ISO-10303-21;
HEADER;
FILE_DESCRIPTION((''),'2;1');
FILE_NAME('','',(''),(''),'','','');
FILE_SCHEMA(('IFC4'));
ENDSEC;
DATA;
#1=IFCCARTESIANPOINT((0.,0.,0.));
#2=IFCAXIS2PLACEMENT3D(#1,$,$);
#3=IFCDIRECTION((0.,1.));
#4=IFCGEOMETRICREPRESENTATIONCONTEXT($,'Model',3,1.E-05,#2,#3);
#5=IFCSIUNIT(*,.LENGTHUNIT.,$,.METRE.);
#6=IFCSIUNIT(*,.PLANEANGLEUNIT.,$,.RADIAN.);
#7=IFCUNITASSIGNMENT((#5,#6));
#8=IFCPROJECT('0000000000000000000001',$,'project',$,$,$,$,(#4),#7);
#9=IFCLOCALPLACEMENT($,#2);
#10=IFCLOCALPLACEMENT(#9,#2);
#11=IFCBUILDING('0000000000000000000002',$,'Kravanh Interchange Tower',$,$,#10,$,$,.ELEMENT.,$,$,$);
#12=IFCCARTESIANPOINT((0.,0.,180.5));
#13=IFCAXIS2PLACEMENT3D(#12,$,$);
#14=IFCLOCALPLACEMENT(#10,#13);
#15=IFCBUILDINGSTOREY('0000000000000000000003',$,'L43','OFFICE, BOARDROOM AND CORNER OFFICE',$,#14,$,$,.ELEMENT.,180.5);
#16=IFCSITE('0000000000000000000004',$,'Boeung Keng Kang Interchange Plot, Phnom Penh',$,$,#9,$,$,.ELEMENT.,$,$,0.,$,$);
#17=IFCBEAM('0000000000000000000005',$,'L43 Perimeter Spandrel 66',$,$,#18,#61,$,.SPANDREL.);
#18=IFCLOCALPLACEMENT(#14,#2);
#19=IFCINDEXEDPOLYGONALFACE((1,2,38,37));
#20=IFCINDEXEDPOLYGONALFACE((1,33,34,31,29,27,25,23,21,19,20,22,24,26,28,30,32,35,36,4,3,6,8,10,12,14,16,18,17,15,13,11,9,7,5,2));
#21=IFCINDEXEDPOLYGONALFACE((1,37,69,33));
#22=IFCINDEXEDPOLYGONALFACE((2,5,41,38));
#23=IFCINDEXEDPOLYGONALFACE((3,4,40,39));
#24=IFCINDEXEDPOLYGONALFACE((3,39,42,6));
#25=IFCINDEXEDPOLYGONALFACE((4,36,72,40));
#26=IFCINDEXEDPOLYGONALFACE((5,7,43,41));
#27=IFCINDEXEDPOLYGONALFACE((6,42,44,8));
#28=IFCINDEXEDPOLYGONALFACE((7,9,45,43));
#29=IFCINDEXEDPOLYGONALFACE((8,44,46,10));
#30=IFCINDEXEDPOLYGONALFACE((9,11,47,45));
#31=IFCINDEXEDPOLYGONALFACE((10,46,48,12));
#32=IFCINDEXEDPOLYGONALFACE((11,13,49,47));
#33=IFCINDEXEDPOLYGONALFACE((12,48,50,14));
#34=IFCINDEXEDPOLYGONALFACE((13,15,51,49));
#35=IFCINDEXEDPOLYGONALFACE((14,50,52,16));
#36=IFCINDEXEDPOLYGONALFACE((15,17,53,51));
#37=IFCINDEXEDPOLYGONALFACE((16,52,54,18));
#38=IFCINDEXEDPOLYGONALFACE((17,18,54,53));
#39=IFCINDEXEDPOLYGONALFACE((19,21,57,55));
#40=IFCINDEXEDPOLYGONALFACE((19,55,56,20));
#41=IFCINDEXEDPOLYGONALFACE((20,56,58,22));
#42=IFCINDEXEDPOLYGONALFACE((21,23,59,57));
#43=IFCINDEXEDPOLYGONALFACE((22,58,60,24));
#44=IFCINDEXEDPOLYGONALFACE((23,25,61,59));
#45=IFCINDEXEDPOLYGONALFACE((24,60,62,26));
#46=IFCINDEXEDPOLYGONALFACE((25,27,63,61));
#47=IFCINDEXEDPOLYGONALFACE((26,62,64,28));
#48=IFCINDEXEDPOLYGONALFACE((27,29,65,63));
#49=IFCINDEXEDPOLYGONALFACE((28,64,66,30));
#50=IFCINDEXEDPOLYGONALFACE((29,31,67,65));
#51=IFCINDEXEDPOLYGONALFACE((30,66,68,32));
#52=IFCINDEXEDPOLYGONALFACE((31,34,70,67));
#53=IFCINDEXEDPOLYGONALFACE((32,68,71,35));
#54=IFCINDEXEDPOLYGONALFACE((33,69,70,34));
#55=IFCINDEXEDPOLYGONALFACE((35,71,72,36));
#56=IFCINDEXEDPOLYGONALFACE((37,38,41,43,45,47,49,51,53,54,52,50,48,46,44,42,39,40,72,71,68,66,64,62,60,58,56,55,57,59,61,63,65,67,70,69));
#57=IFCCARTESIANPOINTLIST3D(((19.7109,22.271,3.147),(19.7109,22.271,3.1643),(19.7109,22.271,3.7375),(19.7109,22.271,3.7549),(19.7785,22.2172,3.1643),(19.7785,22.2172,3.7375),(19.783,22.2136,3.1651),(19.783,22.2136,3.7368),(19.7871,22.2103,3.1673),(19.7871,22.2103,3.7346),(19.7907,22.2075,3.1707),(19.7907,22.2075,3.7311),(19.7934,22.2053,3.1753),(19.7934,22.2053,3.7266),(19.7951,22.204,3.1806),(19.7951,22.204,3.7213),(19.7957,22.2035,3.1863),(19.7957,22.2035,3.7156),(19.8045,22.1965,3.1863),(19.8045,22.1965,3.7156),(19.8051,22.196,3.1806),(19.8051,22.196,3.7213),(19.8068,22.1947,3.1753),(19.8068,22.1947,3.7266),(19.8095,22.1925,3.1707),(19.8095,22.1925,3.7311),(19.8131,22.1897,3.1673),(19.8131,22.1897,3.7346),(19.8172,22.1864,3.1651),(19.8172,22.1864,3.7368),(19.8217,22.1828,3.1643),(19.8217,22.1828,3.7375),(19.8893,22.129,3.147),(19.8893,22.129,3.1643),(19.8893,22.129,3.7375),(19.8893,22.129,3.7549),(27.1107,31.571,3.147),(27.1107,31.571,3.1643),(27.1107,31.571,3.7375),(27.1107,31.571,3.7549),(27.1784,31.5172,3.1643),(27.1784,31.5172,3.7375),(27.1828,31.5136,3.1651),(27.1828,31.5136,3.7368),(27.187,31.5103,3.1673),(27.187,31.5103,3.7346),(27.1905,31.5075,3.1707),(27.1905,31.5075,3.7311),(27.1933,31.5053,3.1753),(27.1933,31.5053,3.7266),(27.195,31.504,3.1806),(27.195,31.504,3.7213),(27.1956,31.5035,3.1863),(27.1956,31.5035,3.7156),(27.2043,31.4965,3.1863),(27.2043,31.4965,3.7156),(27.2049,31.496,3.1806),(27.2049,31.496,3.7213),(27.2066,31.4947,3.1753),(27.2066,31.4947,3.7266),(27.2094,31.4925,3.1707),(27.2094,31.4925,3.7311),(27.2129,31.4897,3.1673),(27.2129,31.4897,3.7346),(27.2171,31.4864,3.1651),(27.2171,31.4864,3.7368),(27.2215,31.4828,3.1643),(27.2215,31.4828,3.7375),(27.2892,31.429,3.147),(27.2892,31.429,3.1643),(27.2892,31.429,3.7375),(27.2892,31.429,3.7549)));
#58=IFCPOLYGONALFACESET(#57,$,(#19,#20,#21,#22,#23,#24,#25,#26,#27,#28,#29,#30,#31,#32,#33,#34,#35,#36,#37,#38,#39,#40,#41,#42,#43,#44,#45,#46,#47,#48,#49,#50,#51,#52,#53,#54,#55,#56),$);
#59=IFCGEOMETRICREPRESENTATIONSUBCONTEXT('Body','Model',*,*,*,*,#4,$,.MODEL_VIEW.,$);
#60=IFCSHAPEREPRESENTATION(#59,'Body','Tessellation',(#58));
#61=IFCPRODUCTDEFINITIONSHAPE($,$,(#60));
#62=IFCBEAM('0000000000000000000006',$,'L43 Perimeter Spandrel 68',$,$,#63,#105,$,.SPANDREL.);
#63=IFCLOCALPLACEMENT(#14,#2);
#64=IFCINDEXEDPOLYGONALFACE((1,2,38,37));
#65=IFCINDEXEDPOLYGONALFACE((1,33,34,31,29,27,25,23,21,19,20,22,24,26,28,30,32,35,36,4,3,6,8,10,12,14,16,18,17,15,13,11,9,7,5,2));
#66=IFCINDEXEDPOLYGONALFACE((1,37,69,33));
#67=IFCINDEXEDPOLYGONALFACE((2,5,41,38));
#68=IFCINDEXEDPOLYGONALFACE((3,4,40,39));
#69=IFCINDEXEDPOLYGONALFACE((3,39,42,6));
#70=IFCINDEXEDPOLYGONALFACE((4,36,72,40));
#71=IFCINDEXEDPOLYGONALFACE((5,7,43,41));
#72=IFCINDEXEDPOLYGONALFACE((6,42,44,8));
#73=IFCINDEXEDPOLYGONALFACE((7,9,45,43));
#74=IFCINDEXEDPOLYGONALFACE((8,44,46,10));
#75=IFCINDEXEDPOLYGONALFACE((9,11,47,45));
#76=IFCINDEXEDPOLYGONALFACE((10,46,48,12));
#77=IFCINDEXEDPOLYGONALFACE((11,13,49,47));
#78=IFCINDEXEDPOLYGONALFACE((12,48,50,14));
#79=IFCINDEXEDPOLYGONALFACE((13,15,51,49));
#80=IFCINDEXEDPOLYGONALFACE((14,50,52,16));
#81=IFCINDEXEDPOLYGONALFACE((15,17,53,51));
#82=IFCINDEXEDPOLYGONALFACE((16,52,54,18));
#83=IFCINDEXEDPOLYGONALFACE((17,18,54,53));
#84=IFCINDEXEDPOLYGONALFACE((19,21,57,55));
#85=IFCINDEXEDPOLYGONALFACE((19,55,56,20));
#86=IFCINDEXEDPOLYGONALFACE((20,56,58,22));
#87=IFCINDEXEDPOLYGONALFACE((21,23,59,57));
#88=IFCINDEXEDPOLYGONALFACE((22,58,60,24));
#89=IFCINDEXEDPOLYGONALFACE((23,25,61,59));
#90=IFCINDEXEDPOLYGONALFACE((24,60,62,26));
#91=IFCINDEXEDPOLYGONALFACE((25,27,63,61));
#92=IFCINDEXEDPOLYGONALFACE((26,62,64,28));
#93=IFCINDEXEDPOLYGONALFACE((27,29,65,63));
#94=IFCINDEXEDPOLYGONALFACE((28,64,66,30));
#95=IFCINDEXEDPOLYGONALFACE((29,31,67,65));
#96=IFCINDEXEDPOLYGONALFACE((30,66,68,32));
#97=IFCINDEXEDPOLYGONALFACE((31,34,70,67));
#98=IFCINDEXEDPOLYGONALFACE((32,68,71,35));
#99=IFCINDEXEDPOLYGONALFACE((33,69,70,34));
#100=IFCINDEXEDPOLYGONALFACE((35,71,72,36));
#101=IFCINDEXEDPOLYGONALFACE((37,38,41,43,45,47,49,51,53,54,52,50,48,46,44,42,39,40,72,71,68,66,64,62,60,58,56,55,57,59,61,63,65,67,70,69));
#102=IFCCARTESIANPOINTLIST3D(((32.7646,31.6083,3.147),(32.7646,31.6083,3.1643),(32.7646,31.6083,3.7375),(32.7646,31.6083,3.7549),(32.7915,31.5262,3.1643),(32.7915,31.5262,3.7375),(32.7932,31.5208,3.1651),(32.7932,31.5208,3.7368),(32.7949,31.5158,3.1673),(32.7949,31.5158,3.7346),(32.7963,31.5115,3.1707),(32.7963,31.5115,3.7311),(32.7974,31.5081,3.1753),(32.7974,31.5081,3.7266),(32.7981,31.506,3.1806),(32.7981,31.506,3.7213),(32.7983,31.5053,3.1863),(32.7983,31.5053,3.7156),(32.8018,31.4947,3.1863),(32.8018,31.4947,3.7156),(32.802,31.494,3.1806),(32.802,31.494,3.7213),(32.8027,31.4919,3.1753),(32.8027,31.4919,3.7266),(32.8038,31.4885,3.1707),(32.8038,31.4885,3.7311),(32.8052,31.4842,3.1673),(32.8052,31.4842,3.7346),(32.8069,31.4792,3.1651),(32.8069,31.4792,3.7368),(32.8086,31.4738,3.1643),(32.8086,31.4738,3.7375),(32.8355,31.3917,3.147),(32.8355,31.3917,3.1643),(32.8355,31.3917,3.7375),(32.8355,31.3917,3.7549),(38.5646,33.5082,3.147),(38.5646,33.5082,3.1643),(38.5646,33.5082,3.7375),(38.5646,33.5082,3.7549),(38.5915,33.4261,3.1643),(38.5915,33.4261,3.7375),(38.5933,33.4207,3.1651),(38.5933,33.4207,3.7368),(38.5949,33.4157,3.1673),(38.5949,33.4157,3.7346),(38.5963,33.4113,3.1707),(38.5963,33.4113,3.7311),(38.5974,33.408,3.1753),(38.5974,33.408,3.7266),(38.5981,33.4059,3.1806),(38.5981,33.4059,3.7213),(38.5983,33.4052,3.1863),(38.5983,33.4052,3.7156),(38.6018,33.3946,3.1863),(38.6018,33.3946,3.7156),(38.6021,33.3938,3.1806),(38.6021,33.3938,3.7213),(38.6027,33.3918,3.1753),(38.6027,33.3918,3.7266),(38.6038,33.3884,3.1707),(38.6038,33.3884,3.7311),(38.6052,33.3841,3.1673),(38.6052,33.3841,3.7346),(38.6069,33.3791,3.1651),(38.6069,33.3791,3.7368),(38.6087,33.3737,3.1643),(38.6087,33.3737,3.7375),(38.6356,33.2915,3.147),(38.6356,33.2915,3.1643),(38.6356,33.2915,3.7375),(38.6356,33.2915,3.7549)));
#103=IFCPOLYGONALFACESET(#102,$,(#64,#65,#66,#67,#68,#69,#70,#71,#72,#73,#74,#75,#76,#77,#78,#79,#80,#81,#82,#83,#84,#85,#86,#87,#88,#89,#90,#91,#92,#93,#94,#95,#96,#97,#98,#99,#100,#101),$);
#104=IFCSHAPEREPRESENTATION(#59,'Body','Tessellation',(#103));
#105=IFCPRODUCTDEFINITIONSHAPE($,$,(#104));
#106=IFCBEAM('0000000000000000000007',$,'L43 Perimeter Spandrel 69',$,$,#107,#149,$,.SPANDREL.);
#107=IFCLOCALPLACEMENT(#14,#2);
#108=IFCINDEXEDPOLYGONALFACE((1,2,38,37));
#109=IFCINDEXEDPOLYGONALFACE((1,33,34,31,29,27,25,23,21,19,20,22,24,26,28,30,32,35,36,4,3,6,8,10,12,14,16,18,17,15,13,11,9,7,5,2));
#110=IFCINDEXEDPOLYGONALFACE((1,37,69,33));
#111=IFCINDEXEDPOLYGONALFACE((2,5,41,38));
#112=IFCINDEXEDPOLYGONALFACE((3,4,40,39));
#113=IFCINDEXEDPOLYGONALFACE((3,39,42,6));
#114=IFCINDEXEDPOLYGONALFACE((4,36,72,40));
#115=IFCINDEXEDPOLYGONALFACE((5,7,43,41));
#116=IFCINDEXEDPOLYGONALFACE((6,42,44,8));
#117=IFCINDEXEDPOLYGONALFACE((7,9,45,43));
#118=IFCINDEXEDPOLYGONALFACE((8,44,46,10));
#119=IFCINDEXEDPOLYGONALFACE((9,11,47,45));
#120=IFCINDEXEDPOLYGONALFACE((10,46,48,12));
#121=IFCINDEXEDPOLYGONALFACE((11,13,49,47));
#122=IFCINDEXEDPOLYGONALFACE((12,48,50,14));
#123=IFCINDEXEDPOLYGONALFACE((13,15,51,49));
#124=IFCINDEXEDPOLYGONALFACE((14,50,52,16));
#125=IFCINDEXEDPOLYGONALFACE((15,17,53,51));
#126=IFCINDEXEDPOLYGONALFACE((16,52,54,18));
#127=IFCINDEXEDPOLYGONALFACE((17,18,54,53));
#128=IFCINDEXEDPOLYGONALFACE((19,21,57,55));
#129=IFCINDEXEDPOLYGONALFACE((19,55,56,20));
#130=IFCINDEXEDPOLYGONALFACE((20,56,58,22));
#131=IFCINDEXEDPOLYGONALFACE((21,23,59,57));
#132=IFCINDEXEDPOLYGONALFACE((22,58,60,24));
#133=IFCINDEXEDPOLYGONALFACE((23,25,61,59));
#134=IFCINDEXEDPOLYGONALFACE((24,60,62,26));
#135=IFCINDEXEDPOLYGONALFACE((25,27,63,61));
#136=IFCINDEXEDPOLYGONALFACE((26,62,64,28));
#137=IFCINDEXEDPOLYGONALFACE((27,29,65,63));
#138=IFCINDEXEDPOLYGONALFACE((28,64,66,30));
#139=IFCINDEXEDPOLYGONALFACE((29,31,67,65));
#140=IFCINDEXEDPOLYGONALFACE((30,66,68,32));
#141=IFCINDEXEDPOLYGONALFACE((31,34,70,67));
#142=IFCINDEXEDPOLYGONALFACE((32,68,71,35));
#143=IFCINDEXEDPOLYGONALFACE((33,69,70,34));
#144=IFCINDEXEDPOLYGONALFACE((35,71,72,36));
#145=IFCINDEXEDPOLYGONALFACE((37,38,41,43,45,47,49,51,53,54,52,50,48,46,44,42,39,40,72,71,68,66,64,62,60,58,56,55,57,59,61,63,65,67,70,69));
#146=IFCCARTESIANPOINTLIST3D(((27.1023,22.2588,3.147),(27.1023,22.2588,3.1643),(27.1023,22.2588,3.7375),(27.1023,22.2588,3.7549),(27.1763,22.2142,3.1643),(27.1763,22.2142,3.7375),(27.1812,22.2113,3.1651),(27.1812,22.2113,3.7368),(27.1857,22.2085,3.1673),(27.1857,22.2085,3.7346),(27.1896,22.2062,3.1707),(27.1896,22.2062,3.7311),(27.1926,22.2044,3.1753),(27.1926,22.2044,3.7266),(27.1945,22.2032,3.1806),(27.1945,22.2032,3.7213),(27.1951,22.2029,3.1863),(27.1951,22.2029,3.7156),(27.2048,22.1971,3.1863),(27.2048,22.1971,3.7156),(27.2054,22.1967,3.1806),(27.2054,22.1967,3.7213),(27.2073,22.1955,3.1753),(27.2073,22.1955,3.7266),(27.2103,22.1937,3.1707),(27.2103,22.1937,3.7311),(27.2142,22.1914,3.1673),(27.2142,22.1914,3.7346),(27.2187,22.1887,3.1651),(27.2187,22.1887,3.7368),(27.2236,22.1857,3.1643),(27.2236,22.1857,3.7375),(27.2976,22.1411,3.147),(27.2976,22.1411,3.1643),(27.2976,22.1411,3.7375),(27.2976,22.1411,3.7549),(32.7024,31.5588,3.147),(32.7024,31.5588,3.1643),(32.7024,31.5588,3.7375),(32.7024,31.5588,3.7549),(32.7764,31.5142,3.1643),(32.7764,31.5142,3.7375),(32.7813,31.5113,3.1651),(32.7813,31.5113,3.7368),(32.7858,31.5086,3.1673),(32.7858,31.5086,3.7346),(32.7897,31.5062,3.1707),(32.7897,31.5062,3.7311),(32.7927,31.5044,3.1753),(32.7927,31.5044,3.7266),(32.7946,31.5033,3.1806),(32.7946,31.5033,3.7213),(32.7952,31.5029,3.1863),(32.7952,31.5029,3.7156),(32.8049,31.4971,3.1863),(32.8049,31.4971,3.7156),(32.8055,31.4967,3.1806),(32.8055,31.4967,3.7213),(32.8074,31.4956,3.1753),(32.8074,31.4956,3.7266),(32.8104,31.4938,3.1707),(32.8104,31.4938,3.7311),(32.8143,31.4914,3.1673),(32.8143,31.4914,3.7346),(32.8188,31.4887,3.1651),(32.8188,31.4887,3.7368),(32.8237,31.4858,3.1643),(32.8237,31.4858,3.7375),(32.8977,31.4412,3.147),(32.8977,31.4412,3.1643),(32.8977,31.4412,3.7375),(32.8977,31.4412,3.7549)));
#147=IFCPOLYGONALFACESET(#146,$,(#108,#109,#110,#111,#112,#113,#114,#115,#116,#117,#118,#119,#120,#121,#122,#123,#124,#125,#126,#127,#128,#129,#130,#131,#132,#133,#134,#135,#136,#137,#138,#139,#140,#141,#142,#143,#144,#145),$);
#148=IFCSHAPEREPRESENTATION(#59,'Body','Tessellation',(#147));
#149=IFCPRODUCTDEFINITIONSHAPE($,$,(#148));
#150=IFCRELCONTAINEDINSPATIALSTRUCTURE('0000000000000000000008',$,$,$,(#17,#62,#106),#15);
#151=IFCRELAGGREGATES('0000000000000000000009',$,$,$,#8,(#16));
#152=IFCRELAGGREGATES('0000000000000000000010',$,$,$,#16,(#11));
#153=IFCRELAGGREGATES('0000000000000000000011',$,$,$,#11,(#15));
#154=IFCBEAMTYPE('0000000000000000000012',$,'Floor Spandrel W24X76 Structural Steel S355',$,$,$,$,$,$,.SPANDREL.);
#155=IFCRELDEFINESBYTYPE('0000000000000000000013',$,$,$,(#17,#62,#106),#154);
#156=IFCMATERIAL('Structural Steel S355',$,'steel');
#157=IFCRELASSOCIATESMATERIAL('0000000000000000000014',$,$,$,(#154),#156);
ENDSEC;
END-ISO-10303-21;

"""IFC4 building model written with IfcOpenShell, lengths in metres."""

from ifc_helpers import new_model, si_unit, direction, frame, origin, origin_2d, place, context, subcontext, project, spatial, i_section, extrude, material, material_profile, profile_set, type_object, element, save


model = new_model("IFC4")

# Units and contexts
model_context = context("Model", 3, precision=1e-05, world=origin(), true_north=direction((0.0, 1.0)))
body_context = subcontext(model_context, "Body", "Model", "MODEL_VIEW")
ifc_project = project(units=[si_unit("LENGTHUNIT", "METRE"), si_unit("PLANEANGLEUNIT", "RADIAN")], contexts=[model_context])

# Site, building, storey
site_placement = place(None, origin())
site = spatial("IfcSite", under=ifc_project, at=site_placement, Name="Boeung Keng Kang Interchange Plot, Phnom Penh", CompositionType="ELEMENT", RefElevation=0.0)
building_placement = place(site_placement, origin())
building = spatial("IfcBuilding", under=site, at=building_placement, Name="Kravanh Interchange Tower", CompositionType="ELEMENT")
storey_placement = place(building_placement, frame((0.0, 0.0, 180.5)))
storey = spatial("IfcBuildingStorey", under=building, at=storey_placement, Name="L43", Description="OFFICE, BOARDROOM AND CORNER OFFICE", CompositionType="ELEMENT", Elevation=180.5)

# Beams
ifc_material_1 = material(Name="Structural Steel S355", Category="steel")
ifc_material_profile_1 = material_profile(ifc_material_1, i_section(OverallWidth=0.228, OverallDepth=0.6079, WebThickness=0.0112, FlangeThickness=0.0173, FilletRadius=0.022, at=origin_2d()), Name="W24X76")
ifc_profile_set_1 = profile_set([ifc_material_profile_1], Name="Structural Steel S355")
beam_type_1 = type_object("IfcBeamType", Name="Floor Spandrel W24X76 Structural Steel S355", PredefinedType="SPANDREL", material=ifc_profile_set_1)
beam_1_placement = place(storey_placement, frame((27.2, 31.5, 3.4509), z_axis=(-0.622634, -0.782513, 0.0), x_axis=(0.782513, -0.622634, 0.0)))
element("IfcBeam", 1, at=beam_1_placement, inside=storey, type_object=beam_type_1, Name="L43 Perimeter Spandrel 66", PredefinedType="SPANDREL", context=body_context, shape_type="SweptSolid", body=[
    extrude(i_section(OverallWidth=0.228, OverallDepth=0.6079, WebThickness=0.0112, FlangeThickness=0.0173, FilletRadius=0.022, at=origin_2d()), origin(), (0.0, 0.0, 1.0), 11.8848),
])
beam_2_placement = place(storey_placement, frame((32.8, 31.5, 3.4509), z_axis=(0.950315, 0.311291, 0.0), x_axis=(-0.311291, 0.950315, 0.0)))
element("IfcBeam", 2, at=beam_2_placement, inside=storey, type_object=beam_type_1, Name="L43 Perimeter Spandrel 68", PredefinedType="SPANDREL", context=body_context, shape_type="SweptSolid", body=[
    extrude(i_section(OverallWidth=0.228, OverallDepth=0.6079, WebThickness=0.0112, FlangeThickness=0.0173, FilletRadius=0.022, at=origin_2d()), origin(), (0.0, 0.0, 1.0), 6.1033),
])
beam_3_placement = place(storey_placement, frame((32.8, 31.5, 3.4509), z_axis=(-0.515854, -0.856676, 0.0), x_axis=(0.856676, -0.515854, 0.0)))
element("IfcBeam", 3, at=beam_3_placement, inside=storey, type_object=beam_type_1, Name="L43 Perimeter Spandrel 69", PredefinedType="SPANDREL", context=body_context, shape_type="SweptSolid", body=[
    extrude(i_section(OverallWidth=0.228, OverallDepth=0.6079, WebThickness=0.0112, FlangeThickness=0.0173, FilletRadius=0.022, at=origin_2d()), origin(), (0.0, 0.0, 1.0), 10.856),
])

save(model, "model.ifc")
